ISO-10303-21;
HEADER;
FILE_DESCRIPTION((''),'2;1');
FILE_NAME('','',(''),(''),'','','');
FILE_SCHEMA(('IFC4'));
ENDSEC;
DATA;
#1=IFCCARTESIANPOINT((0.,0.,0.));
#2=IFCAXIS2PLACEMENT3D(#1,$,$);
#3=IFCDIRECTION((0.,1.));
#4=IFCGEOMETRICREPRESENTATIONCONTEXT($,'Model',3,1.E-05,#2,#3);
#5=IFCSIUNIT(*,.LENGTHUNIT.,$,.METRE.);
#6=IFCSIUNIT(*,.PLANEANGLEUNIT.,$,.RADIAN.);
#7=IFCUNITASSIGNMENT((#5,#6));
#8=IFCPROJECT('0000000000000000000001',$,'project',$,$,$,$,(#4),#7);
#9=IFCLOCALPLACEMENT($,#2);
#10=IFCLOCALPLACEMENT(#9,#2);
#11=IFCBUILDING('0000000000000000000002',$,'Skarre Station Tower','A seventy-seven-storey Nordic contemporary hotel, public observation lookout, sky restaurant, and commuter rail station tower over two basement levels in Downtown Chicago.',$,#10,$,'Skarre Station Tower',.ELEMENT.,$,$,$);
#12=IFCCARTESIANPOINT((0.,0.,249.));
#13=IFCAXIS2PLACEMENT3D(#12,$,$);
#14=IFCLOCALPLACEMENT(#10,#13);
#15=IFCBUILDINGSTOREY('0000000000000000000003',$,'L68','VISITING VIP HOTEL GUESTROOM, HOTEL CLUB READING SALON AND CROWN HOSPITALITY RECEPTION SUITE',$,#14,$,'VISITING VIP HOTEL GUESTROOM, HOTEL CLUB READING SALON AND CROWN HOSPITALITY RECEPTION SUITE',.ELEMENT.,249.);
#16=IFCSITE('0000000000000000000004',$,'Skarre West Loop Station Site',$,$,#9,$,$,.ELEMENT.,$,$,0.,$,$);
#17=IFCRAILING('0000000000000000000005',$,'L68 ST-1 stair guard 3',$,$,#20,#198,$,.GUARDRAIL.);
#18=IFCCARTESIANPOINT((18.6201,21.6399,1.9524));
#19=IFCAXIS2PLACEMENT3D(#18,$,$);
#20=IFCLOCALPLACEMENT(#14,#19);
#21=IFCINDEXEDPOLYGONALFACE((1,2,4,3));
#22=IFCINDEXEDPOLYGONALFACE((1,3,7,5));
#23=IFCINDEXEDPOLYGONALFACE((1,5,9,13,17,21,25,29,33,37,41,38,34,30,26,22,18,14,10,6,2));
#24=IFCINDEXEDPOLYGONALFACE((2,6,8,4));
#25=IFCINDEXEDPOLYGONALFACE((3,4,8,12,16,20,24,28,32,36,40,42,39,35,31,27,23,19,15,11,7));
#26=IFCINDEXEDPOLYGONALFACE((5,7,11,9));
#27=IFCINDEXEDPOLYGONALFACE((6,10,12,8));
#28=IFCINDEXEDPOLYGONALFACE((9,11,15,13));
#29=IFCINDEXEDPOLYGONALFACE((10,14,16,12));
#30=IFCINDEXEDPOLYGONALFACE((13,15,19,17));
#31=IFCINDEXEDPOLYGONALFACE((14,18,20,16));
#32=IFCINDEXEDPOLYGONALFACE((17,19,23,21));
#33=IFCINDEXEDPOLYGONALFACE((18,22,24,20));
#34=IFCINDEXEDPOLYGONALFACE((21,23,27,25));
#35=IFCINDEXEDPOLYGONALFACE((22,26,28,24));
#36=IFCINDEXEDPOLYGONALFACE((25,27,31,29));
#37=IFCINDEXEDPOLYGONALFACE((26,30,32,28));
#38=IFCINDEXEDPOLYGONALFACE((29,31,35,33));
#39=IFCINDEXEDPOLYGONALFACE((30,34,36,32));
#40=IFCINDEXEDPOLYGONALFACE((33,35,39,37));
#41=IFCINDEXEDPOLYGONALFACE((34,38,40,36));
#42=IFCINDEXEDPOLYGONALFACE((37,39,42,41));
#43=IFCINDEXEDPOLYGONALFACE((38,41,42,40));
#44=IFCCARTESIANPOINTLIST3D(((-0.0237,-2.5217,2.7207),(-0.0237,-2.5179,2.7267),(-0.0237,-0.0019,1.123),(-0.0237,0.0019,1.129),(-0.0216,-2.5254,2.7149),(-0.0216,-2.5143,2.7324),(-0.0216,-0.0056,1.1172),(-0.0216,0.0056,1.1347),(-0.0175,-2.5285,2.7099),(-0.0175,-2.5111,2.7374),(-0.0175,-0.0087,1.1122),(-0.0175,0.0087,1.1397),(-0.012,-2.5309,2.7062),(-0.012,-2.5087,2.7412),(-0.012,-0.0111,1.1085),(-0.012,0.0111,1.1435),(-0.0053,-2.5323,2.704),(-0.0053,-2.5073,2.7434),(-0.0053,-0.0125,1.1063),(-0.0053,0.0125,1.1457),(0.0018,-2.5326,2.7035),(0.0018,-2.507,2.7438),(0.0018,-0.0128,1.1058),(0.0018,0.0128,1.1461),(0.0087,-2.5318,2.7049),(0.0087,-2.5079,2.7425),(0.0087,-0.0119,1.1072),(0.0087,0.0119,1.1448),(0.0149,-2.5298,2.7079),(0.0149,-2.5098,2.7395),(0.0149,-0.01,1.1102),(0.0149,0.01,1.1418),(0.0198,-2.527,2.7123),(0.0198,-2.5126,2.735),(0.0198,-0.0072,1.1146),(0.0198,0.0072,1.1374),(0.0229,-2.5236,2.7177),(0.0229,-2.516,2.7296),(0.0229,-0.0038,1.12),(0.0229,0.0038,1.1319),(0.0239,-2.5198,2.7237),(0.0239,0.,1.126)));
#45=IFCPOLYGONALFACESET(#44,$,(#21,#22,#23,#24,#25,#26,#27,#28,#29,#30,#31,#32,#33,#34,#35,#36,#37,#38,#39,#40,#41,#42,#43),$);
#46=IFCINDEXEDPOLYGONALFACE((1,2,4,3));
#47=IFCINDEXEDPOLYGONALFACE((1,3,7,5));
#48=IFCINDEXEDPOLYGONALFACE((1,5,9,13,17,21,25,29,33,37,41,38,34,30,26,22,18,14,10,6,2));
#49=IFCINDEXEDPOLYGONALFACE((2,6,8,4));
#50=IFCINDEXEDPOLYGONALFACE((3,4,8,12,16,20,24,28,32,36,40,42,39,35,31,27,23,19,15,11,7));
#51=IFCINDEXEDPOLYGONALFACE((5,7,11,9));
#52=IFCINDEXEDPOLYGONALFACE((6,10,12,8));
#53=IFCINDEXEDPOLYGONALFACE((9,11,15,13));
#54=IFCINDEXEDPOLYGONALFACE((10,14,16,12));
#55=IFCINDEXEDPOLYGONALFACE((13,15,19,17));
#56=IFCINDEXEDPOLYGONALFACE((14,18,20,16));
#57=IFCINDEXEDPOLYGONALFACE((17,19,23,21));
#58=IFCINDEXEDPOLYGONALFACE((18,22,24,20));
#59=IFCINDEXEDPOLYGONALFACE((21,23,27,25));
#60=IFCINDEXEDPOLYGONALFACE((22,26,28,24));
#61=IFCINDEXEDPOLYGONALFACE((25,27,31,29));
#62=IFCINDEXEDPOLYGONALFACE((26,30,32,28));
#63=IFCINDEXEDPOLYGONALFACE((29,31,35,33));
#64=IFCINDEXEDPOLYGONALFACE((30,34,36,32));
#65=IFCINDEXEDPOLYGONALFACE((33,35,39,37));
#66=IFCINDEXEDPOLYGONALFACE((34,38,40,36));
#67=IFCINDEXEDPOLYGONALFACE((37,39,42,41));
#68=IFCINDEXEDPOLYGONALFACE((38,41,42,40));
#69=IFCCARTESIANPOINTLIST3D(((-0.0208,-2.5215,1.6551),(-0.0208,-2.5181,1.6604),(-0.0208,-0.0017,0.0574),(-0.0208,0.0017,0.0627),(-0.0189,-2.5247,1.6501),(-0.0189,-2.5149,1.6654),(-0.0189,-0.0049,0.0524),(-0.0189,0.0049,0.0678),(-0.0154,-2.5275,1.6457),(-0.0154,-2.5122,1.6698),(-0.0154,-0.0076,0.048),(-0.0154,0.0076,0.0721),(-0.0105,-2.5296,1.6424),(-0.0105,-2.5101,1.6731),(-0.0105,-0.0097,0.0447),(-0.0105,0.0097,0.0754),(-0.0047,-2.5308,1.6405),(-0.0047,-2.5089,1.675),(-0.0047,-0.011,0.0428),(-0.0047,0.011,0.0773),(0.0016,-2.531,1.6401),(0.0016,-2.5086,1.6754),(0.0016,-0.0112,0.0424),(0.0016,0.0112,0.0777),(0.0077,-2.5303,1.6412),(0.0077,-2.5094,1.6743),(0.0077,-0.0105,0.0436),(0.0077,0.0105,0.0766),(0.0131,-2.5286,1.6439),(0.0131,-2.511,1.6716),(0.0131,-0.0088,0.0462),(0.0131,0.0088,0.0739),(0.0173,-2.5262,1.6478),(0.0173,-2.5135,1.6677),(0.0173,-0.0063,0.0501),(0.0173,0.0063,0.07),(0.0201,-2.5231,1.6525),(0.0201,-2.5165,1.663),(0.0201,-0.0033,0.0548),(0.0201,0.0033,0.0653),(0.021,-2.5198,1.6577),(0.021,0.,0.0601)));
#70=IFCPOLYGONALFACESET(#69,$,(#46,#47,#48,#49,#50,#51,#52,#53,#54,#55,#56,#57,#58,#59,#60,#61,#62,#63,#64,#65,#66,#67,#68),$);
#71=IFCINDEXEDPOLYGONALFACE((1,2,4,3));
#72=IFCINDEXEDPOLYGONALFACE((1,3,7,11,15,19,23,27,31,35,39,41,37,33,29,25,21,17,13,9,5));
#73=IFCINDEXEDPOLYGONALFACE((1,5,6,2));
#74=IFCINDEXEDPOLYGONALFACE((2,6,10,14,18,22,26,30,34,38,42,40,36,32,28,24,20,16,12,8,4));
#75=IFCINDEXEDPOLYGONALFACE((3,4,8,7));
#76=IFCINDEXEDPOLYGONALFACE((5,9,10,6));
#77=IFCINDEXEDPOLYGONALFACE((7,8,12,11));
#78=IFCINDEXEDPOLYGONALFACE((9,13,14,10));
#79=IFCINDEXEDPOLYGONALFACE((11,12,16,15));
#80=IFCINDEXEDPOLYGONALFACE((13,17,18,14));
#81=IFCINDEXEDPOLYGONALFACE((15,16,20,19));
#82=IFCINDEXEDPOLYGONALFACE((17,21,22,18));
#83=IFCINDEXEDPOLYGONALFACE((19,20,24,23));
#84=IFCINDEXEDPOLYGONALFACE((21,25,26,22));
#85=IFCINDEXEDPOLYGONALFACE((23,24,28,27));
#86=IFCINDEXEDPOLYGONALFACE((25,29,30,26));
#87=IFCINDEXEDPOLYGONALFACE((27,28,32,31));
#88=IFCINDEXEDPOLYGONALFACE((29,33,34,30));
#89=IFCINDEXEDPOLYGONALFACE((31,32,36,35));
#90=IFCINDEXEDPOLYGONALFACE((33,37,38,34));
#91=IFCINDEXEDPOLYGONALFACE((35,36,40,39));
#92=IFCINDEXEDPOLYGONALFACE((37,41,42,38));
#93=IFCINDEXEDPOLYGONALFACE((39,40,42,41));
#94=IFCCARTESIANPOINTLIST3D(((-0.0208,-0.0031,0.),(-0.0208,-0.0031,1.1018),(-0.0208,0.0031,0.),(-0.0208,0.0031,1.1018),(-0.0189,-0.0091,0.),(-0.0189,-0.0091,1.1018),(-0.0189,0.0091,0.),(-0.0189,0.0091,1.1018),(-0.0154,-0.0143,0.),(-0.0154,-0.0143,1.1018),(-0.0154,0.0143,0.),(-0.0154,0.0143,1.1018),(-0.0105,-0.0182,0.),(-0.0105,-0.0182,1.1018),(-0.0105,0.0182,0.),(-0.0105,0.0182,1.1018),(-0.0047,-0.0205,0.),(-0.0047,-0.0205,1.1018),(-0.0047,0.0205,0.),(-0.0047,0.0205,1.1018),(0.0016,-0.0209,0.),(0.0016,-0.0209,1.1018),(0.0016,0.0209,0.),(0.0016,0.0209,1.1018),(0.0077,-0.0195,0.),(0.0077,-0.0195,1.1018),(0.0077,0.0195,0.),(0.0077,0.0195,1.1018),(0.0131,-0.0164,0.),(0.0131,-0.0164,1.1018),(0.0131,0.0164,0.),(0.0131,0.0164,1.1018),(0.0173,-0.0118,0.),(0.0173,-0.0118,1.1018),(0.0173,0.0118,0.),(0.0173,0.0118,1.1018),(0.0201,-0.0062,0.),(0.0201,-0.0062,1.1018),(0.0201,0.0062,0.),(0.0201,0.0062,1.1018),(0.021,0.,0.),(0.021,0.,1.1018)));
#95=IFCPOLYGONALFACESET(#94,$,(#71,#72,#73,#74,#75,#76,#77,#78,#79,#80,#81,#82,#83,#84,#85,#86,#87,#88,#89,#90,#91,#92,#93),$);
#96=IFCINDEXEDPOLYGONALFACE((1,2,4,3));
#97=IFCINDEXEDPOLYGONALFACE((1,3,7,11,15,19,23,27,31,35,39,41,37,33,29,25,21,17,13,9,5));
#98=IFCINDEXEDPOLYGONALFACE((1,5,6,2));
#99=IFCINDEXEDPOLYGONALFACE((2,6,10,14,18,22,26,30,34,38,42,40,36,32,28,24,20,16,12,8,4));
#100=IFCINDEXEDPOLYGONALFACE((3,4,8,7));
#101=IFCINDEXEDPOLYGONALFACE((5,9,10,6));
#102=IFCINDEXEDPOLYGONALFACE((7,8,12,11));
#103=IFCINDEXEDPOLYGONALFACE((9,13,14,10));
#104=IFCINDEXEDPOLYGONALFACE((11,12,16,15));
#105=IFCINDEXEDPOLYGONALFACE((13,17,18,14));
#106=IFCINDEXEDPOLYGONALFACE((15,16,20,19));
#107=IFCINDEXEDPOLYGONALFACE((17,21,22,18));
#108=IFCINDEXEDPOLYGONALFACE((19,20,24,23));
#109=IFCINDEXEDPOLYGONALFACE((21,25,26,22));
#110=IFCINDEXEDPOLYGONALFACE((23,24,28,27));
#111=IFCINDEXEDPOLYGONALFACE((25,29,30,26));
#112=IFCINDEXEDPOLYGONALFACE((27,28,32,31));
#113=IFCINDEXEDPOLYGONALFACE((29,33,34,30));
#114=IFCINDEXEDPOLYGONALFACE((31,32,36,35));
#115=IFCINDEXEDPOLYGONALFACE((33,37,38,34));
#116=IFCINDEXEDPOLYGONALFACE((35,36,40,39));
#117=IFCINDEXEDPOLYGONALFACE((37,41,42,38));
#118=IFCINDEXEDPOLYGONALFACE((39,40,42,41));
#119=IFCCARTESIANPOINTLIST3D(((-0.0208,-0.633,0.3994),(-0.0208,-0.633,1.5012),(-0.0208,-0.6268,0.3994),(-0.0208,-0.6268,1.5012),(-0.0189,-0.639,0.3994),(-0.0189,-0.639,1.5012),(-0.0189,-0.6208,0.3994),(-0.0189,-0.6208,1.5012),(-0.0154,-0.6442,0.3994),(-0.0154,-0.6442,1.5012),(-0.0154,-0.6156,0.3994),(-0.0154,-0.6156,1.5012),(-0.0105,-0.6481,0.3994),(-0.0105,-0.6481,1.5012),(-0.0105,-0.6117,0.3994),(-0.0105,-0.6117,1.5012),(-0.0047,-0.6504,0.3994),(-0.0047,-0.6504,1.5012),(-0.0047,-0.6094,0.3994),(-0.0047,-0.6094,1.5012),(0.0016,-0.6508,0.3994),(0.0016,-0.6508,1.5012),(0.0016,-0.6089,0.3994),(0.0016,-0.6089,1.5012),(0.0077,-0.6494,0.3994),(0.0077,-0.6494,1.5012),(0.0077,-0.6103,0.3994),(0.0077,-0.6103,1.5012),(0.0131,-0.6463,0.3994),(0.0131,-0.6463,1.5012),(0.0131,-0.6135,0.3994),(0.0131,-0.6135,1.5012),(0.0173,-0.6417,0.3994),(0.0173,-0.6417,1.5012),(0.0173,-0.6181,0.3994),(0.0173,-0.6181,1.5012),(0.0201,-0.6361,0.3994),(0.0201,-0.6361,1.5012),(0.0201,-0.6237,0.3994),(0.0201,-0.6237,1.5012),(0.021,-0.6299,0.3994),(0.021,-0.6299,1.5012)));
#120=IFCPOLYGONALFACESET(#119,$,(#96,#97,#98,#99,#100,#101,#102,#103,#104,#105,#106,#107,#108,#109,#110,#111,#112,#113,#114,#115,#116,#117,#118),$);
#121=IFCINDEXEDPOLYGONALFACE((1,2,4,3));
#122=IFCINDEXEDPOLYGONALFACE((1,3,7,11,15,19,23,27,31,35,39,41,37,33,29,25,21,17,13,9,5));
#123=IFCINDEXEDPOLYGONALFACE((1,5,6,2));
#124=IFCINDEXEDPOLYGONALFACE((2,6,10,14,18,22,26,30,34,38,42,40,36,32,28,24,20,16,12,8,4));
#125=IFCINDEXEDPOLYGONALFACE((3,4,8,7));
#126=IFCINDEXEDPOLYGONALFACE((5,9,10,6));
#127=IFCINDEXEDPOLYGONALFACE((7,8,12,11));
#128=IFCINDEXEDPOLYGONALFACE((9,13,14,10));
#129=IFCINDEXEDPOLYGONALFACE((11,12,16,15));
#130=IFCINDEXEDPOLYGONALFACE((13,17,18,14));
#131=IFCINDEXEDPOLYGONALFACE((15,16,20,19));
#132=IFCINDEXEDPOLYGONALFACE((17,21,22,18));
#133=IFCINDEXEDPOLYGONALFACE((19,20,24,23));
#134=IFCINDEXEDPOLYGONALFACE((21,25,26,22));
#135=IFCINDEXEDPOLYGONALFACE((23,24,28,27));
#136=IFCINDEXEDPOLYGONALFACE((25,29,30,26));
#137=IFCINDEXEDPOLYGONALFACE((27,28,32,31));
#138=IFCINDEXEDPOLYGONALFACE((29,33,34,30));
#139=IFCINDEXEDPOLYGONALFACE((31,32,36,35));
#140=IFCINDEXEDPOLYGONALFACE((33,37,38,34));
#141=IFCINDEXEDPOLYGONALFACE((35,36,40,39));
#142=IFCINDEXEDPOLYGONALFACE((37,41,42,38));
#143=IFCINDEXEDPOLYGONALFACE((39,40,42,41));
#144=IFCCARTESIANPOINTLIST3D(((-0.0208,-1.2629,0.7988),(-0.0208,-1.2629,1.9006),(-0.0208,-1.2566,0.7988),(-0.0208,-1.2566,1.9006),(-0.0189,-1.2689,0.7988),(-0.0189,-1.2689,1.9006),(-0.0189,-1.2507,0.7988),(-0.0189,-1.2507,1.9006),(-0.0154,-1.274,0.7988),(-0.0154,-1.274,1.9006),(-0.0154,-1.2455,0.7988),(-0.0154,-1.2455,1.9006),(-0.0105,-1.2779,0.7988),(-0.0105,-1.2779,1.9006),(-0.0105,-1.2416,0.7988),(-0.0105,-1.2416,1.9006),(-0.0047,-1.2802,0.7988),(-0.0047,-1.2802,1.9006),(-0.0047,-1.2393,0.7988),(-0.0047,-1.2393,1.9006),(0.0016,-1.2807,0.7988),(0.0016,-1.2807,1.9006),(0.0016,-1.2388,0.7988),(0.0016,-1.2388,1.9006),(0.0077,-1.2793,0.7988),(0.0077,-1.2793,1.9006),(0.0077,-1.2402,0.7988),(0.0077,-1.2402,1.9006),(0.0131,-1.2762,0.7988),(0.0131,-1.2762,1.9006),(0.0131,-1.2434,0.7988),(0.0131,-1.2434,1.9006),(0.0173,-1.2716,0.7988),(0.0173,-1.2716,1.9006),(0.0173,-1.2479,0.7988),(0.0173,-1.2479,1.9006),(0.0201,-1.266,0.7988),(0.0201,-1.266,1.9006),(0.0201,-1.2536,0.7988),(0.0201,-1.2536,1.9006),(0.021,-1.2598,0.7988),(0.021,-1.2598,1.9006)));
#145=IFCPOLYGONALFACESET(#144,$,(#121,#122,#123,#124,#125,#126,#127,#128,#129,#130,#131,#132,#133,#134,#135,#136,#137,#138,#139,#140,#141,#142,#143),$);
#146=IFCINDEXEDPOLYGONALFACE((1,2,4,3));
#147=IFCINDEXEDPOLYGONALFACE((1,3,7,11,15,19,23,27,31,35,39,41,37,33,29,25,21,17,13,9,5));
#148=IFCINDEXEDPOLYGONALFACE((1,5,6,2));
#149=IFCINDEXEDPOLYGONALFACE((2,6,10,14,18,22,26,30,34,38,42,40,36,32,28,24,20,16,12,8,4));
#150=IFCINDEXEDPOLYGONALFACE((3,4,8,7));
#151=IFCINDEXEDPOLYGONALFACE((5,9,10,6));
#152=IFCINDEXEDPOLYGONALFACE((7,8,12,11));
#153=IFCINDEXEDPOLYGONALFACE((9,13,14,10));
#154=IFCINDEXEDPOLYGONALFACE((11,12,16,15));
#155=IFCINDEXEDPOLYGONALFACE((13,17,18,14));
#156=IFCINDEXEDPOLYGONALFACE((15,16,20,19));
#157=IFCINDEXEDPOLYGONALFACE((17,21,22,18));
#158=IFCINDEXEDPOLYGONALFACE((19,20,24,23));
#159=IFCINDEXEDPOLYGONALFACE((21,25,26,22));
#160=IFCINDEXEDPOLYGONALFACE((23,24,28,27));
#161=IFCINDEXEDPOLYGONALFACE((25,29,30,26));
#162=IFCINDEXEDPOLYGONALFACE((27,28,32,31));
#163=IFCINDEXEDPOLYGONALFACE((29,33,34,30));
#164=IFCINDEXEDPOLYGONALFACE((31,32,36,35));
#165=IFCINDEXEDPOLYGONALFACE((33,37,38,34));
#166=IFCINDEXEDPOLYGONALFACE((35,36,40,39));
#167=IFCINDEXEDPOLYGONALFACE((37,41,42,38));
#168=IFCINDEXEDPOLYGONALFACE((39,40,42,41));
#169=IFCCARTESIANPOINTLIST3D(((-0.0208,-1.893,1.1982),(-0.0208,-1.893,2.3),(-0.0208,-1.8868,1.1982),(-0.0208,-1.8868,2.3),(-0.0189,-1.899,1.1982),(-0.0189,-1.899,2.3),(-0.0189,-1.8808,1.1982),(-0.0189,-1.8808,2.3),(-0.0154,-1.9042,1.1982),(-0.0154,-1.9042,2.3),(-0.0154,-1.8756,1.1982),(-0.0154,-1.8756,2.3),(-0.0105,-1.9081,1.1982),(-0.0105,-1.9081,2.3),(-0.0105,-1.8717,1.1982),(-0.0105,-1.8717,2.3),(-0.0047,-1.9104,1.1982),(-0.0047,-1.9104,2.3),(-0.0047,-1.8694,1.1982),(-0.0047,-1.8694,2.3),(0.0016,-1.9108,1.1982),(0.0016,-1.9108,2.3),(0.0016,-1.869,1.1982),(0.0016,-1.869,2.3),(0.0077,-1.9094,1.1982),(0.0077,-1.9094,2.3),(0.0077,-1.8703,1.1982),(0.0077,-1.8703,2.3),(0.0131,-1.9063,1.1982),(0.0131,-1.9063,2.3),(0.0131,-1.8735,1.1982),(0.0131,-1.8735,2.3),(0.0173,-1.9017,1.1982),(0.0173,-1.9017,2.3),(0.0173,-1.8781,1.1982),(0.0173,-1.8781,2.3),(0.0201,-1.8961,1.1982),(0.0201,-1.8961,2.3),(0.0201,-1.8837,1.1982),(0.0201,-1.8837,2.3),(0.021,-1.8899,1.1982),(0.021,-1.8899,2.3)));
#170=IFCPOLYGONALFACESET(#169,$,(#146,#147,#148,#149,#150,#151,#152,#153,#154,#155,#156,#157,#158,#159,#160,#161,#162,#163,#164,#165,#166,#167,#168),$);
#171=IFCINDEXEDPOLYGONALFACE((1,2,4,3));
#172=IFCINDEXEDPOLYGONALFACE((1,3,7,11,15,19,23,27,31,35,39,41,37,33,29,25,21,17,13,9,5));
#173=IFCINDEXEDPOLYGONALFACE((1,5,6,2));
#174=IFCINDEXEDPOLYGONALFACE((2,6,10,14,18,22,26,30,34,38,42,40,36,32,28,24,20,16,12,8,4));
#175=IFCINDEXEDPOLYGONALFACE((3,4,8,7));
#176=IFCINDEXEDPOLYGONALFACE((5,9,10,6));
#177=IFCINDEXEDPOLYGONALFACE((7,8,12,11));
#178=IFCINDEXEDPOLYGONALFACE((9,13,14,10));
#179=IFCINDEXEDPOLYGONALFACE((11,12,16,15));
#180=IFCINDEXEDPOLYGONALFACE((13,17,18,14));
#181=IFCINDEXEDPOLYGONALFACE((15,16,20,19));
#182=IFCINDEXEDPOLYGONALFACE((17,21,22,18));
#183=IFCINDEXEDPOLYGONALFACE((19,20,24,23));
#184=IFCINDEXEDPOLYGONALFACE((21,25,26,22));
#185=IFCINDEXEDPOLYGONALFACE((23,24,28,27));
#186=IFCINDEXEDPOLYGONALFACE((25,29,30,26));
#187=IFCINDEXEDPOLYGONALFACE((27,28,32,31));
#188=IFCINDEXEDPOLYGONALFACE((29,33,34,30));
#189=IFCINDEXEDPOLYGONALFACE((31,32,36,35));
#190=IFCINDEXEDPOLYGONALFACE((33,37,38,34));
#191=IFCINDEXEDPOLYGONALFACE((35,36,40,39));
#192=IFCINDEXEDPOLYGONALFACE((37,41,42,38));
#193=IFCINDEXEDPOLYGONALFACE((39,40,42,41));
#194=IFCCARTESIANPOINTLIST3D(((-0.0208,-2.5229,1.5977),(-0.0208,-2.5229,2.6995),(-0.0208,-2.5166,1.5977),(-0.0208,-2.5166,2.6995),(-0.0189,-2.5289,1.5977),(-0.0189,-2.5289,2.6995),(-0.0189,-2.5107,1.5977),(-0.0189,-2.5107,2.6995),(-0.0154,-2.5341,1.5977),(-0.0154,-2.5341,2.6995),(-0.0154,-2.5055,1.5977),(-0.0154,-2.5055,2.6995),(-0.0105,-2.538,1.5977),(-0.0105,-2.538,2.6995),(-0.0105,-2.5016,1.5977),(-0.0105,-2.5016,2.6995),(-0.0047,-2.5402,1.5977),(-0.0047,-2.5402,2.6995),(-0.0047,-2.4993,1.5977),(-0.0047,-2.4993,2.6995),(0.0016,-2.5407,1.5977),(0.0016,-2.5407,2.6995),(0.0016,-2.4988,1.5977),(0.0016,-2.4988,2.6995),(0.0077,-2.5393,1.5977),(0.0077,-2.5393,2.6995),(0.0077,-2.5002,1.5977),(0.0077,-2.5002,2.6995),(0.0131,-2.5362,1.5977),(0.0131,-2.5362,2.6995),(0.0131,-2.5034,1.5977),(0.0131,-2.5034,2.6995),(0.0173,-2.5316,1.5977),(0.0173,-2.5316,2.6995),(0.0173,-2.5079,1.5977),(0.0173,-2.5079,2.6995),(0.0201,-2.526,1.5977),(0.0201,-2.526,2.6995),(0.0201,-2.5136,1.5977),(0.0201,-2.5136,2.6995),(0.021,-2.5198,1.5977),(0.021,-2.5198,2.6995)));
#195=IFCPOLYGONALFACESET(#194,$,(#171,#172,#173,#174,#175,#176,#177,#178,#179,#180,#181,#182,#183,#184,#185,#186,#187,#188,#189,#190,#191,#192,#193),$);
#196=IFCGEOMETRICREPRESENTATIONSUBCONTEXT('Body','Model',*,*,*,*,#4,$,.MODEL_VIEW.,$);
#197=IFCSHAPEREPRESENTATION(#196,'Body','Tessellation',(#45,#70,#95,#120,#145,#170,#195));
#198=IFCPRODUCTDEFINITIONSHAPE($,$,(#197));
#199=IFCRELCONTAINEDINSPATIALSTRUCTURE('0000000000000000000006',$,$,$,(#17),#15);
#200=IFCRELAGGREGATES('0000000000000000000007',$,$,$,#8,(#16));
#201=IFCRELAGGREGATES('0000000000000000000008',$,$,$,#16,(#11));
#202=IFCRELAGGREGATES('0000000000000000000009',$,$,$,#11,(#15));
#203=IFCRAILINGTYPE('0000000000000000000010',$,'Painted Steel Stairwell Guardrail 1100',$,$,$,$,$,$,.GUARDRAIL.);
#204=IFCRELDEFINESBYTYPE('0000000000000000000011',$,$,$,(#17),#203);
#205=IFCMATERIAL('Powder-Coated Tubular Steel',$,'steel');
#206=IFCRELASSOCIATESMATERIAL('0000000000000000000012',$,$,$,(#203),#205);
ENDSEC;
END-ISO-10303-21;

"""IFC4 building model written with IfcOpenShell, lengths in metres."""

from ifc_helpers import new_model, si_unit, direction, frame, origin, origin_2d, place, context, subcontext, project, spatial, circle, extrude, material, type_object, element, save


model = new_model("IFC4")

# Units and contexts
model_context = context("Model", 3, precision=1e-05, world=origin(), true_north=direction((0.0, 1.0)))
body_context = subcontext(model_context, "Body", "Model", "MODEL_VIEW")
ifc_project = project(units=[si_unit("LENGTHUNIT", "METRE"), si_unit("PLANEANGLEUNIT", "RADIAN")], contexts=[model_context])

# Site, building, storey
site_placement = place(None, origin())
site = spatial("IfcSite", under=ifc_project, at=site_placement, Name="Skarre West Loop Station Site", CompositionType="ELEMENT", RefElevation=0.0)
building_placement = place(site_placement, origin())
building = spatial("IfcBuilding", under=site, at=building_placement, Name="Skarre Station Tower", Description="A seventy-seven-storey Nordic contemporary hotel, public observation lookout, sky restaurant, and commuter rail station tower over two basement levels in Downtown Chicago.", LongName="Skarre Station Tower", CompositionType="ELEMENT")
storey_placement = place(building_placement, frame((0.0, 0.0, 249.0)))
storey = spatial("IfcBuildingStorey", under=building, at=storey_placement, Name="L68", Description="VISITING VIP HOTEL GUESTROOM, HOTEL CLUB READING SALON AND CROWN HOSPITALITY RECEPTION SUITE", LongName="VISITING VIP HOTEL GUESTROOM, HOTEL CLUB READING SALON AND CROWN HOSPITALITY RECEPTION SUITE", CompositionType="ELEMENT", Elevation=249.0)

# Railing
ifc_material_1 = material(Name="Powder-Coated Tubular Steel", Category="steel")
railing_type_1 = type_object("IfcRailingType", Name="Painted Steel Stairwell Guardrail 1100", PredefinedType="GUARDRAIL", material=ifc_material_1)
railing_1_placement = place(storey_placement, frame((18.6201, 21.6399, 1.9524)))
element("IfcRailing", 1, at=railing_1_placement, inside=storey, type_object=railing_type_1, Name="L68 ST-1 stair guard 3", PredefinedType="GUARDRAIL", context=body_context, shape_type="SweptSolid", body=[
    extrude(circle(Radius=0.0239, at=origin_2d()), frame((0.0, 0.0, 1.126), z_axis=(0.0, -0.844546, 0.535482), x_axis=(1.0, 0.0, 0.0)), (0.0, 0.0, 1.0), 2.9836),
    extrude(circle(Radius=0.021, at=origin_2d()), frame((0.0, 0.0, 0.0601), z_axis=(0.0, -0.844546, 0.535482), x_axis=(1.0, 0.0, 0.0)), (0.0, 0.0, 1.0), 2.9836),
    extrude(circle(Radius=0.021, at=origin_2d()), origin(), (0.0, 0.0, 1.0), 1.1018),
    extrude(circle(Radius=0.021, at=origin_2d()), frame((0.0, -0.6299, 0.3994)), (0.0, 0.0, 1.0), 1.1018),
    extrude(circle(Radius=0.021, at=origin_2d()), frame((0.0, -1.2598, 0.7988)), (0.0, 0.0, 1.0), 1.1018),
    extrude(circle(Radius=0.021, at=origin_2d()), frame((0.0, -1.8899, 1.1982)), (0.0, 0.0, 1.0), 1.1018),
    extrude(circle(Radius=0.021, at=origin_2d()), frame((0.0, -2.5198, 1.5977)), (0.0, 0.0, 1.0), 1.1018),
])

save(model, "model.ifc")
